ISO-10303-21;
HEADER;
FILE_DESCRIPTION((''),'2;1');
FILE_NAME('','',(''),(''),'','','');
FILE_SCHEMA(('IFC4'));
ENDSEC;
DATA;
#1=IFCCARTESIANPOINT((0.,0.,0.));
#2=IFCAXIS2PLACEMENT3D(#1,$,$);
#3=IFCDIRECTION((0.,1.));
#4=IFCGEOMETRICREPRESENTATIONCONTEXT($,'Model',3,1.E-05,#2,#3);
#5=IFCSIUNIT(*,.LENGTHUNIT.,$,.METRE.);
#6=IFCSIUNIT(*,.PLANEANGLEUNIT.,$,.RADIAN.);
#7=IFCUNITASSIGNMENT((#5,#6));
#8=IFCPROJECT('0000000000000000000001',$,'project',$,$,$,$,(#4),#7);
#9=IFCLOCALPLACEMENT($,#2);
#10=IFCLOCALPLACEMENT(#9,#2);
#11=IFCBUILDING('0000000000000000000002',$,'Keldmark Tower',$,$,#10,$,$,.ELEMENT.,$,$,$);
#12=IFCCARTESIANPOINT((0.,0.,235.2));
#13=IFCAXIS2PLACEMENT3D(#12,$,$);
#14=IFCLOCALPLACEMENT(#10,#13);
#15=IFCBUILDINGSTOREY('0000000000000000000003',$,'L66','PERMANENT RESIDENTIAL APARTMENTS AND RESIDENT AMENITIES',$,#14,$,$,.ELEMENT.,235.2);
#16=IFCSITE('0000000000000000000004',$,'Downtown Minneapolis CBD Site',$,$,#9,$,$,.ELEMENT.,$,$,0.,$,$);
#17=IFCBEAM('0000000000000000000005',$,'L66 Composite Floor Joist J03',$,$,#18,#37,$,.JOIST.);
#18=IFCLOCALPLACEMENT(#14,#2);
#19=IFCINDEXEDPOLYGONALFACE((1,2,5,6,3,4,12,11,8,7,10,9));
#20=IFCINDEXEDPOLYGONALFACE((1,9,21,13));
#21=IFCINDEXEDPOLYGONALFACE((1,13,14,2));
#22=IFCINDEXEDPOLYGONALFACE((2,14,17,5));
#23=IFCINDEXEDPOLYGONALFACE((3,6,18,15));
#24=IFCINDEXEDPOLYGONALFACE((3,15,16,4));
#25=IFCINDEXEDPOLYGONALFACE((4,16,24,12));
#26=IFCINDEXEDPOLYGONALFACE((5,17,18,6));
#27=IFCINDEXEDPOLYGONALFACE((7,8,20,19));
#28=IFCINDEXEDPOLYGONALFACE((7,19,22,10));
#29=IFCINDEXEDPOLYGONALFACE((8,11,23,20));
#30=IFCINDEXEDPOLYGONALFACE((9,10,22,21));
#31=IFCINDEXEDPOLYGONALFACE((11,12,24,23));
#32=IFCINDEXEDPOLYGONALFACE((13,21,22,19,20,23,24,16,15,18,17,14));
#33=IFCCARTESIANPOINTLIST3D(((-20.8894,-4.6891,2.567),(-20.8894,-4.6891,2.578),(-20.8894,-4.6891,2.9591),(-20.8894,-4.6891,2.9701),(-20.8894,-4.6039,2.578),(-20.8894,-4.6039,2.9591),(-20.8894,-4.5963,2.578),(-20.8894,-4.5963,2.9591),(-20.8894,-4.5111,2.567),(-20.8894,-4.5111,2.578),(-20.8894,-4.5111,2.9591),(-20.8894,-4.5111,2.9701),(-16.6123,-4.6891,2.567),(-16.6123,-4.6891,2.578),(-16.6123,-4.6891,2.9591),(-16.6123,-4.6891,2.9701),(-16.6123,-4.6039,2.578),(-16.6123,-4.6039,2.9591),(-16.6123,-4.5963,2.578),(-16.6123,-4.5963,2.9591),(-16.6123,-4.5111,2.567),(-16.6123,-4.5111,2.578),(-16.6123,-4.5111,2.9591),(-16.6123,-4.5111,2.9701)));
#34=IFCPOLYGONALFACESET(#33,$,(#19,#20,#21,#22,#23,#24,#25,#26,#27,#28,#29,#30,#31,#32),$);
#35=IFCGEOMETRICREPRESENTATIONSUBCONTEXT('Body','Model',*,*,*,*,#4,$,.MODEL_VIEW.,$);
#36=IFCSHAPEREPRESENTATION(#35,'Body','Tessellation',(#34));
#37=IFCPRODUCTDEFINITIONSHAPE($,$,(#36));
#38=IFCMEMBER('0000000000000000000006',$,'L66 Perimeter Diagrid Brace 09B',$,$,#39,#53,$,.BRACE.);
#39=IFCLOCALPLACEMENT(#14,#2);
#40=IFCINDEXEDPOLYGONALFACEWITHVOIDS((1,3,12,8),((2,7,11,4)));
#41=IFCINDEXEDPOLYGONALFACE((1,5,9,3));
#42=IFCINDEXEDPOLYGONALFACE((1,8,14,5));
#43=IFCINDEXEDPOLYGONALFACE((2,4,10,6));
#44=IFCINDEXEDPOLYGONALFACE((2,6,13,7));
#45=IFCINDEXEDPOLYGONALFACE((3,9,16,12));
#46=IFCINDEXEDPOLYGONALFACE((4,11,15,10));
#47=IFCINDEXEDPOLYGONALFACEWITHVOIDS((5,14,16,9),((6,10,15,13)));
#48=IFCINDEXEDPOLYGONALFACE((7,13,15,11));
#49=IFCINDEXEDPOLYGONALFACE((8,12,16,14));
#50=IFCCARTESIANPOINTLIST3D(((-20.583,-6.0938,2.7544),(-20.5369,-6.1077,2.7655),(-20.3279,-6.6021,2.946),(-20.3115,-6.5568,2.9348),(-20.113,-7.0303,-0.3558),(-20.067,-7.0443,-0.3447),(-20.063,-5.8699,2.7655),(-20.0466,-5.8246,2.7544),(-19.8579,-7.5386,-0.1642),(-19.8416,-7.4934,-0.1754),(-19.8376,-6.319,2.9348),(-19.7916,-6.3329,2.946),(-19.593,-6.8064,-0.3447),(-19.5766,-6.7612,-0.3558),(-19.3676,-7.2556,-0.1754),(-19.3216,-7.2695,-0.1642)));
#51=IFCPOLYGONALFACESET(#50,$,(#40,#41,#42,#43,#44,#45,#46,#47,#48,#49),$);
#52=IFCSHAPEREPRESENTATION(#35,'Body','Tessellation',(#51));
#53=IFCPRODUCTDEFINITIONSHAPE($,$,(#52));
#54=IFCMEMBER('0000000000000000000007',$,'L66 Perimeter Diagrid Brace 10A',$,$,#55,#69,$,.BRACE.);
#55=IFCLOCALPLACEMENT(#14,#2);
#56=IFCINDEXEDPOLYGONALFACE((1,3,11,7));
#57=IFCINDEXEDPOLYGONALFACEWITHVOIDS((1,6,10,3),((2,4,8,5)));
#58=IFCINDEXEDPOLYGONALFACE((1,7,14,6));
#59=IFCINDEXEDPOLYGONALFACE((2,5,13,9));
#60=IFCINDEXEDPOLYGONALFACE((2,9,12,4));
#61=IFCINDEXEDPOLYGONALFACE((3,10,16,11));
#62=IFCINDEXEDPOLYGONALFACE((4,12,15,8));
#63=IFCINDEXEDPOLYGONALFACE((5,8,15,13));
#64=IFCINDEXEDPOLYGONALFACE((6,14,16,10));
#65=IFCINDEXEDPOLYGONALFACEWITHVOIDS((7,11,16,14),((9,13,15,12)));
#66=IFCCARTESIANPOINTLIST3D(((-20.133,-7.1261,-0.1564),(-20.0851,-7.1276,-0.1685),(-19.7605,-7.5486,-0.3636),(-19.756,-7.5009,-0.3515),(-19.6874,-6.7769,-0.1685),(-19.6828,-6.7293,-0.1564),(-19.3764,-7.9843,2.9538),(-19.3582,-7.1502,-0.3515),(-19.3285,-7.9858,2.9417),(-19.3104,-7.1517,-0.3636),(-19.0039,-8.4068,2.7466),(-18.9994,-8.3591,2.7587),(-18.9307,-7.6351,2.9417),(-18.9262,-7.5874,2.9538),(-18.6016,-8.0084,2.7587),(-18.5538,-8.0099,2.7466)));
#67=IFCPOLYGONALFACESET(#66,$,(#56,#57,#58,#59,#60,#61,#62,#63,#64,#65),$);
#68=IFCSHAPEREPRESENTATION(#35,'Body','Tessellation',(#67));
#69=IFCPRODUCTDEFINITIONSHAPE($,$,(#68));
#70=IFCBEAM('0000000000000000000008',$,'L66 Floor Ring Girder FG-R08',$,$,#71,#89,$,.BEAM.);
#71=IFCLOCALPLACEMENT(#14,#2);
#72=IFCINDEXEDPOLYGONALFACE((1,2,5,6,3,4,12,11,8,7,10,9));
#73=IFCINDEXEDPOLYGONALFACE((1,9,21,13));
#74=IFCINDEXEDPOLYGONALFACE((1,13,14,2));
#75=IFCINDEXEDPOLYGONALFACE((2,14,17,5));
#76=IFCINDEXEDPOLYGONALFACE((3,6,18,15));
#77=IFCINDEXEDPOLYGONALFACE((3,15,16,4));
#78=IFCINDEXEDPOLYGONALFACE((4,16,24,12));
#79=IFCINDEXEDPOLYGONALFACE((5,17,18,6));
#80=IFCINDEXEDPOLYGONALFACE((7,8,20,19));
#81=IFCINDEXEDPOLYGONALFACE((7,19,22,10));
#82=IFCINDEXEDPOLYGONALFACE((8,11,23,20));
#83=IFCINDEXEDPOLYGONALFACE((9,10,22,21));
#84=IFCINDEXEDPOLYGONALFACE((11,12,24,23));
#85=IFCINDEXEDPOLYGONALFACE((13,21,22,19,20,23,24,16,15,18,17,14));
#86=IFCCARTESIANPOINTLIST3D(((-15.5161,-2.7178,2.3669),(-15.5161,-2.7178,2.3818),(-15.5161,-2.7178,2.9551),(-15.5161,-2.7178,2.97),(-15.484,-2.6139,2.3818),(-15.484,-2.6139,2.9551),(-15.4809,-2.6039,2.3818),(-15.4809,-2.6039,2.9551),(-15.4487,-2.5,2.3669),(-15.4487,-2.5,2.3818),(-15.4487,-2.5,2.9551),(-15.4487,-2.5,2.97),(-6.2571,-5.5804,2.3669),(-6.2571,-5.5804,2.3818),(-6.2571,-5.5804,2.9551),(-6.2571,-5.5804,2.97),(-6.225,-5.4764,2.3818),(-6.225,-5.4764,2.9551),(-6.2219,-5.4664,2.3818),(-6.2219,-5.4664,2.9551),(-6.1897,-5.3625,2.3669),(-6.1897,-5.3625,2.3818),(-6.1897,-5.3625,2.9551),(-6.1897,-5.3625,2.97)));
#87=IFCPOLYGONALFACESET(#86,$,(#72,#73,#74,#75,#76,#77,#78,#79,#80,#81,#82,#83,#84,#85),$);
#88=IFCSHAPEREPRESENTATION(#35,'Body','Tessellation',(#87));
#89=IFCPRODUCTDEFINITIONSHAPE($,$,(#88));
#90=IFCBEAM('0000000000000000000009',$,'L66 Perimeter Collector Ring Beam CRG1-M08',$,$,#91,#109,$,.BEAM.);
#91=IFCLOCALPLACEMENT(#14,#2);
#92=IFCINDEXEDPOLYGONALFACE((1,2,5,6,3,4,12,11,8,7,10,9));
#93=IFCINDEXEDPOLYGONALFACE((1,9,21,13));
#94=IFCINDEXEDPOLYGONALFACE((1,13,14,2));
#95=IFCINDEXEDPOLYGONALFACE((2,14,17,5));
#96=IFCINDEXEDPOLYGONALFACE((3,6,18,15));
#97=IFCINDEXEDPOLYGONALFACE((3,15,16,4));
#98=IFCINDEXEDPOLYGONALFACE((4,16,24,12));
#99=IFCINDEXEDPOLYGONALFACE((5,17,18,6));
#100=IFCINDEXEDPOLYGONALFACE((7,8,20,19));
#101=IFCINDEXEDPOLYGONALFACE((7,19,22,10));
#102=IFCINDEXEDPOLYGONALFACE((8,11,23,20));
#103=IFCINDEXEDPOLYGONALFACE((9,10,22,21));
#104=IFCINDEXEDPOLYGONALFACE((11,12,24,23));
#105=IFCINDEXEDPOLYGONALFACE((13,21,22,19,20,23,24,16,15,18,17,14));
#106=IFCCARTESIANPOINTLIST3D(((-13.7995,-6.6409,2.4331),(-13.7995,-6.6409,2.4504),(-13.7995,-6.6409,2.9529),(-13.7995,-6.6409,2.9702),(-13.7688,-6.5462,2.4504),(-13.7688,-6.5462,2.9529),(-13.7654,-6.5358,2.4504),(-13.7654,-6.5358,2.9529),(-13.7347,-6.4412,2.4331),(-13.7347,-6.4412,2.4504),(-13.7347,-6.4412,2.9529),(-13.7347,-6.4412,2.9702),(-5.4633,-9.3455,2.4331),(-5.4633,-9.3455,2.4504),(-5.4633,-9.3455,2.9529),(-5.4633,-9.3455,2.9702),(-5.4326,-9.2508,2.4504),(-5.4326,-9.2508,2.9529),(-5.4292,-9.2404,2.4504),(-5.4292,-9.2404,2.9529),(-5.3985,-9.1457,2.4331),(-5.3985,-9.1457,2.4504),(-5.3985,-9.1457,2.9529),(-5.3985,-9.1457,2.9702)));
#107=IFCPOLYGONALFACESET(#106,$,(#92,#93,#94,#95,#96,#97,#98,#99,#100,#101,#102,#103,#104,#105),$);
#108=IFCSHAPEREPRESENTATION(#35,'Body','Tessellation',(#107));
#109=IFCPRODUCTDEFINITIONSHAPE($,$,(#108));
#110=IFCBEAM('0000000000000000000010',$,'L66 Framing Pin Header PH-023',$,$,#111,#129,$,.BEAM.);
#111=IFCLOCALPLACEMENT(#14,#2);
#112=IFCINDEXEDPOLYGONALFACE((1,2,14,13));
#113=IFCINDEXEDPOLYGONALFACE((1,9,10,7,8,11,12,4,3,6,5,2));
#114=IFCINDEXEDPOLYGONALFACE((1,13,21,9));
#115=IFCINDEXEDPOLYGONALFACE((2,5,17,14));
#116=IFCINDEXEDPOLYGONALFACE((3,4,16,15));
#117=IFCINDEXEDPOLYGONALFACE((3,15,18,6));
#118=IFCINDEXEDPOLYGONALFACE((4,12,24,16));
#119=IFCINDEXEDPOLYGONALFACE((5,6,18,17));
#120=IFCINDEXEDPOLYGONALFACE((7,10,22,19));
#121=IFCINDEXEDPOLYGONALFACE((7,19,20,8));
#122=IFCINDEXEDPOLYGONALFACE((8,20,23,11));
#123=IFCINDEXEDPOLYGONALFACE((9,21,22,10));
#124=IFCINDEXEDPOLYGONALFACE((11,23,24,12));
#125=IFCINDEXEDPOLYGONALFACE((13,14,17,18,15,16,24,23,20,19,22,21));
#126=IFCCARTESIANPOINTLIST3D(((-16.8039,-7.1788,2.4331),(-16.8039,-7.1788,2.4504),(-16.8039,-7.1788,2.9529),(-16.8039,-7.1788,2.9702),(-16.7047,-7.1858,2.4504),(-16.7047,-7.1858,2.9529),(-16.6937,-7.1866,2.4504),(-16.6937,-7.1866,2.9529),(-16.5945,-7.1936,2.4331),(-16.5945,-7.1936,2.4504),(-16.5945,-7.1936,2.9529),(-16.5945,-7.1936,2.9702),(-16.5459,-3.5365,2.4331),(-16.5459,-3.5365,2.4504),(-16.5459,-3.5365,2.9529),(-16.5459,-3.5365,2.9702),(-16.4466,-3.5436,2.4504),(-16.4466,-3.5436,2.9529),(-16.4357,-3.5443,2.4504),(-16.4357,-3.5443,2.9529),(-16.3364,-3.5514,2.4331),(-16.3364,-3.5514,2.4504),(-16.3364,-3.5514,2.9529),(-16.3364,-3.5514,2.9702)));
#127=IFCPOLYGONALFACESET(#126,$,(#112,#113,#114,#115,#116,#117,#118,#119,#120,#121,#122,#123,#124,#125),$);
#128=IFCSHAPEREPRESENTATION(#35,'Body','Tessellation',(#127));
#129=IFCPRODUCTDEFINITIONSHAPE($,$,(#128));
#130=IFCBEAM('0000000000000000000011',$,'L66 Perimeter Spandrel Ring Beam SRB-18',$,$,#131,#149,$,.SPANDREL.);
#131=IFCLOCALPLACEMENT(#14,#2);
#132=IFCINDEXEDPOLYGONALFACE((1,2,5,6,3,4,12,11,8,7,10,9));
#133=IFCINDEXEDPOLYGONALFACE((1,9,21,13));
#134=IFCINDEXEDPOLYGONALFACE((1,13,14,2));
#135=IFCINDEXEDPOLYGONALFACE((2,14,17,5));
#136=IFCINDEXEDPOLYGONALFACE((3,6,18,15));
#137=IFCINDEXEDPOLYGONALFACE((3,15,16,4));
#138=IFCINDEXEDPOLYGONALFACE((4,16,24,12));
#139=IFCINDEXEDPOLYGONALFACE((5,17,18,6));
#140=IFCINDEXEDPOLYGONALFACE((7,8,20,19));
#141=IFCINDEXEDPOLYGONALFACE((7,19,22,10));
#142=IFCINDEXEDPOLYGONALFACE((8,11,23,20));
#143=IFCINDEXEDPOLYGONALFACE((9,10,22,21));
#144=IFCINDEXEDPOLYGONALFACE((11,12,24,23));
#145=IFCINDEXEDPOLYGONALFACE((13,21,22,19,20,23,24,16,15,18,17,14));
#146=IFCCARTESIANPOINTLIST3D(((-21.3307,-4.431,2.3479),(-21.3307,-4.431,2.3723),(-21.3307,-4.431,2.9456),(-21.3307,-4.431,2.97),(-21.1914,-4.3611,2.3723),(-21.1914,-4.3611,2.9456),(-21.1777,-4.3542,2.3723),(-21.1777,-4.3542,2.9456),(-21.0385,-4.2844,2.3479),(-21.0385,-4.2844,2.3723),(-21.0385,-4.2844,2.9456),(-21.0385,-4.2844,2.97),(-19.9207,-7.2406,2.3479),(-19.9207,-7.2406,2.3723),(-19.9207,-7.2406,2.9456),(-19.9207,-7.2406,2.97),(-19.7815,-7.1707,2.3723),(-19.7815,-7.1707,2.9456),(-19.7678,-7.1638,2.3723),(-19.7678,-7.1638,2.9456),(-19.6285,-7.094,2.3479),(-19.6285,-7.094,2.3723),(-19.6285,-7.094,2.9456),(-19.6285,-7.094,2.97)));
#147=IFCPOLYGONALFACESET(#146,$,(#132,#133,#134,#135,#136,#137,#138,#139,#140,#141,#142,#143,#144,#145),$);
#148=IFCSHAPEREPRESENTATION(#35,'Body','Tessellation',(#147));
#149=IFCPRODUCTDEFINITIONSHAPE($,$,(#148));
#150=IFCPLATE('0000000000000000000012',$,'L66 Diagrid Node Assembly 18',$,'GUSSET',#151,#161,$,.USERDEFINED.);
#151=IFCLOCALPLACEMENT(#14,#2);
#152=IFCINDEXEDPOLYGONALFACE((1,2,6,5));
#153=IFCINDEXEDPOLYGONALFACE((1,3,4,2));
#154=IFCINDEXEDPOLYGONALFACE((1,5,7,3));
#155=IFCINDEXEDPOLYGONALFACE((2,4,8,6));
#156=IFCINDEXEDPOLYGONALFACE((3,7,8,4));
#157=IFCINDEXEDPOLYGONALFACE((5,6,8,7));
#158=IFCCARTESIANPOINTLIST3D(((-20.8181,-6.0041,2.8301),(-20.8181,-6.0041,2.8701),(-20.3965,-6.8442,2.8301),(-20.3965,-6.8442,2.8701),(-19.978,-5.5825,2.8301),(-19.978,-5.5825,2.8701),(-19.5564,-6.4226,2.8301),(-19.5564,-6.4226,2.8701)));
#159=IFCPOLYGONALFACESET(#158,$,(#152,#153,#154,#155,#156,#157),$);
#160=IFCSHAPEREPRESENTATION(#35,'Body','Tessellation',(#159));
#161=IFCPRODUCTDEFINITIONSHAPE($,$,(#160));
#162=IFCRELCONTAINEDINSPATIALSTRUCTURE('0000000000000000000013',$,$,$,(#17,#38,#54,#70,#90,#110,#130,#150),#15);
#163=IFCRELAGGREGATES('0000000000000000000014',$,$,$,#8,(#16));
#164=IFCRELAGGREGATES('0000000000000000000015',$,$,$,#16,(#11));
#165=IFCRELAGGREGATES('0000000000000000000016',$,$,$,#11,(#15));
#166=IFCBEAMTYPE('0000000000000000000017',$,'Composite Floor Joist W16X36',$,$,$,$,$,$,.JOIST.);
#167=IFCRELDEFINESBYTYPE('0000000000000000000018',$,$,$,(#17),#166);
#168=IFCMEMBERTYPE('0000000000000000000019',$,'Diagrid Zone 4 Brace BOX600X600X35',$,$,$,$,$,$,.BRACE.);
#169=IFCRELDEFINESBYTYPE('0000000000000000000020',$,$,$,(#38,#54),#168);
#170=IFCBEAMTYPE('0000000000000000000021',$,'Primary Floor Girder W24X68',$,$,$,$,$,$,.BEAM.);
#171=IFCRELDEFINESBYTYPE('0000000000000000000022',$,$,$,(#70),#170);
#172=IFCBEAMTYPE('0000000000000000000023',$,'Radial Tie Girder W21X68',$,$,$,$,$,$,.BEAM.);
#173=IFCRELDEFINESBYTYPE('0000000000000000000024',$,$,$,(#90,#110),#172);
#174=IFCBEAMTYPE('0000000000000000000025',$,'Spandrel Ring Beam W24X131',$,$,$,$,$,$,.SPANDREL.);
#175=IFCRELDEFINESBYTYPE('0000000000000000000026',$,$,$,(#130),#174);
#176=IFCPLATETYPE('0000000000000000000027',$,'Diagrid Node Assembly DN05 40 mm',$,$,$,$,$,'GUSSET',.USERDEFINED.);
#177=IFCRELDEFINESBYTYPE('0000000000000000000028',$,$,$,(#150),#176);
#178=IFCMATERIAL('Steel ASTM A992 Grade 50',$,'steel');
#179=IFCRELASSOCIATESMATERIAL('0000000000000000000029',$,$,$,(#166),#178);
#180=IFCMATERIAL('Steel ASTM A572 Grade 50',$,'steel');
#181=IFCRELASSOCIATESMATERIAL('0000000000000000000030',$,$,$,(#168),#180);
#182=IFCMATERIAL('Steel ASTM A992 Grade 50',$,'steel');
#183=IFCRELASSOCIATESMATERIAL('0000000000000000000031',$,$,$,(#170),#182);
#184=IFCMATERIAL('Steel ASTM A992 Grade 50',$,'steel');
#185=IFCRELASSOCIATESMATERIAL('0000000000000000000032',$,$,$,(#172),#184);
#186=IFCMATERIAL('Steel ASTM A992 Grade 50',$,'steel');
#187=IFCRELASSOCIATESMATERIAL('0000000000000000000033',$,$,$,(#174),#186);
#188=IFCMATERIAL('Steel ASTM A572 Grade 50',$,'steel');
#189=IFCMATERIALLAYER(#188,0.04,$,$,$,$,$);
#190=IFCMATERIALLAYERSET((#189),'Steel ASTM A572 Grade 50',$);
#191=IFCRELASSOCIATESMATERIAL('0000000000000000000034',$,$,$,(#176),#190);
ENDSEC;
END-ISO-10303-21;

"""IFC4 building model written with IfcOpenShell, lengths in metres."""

from ifc_helpers import new_model, si_unit, direction, frame, origin, origin_2d, place, context, subcontext, project, spatial, rectangle, hollow_rectangle, i_section, extrude, material, layer, layer_set, material_profile, profile_set, type_object, element, save


model = new_model("IFC4")

# Units and contexts
model_context = context("Model", 3, precision=1e-05, world=origin(), true_north=direction((0.0, 1.0)))
body_context = subcontext(model_context, "Body", "Model", "MODEL_VIEW")
ifc_project = project(units=[si_unit("LENGTHUNIT", "METRE"), si_unit("PLANEANGLEUNIT", "RADIAN")], contexts=[model_context])

# Site, building, storey
site_placement = place(None, origin())
site = spatial("IfcSite", under=ifc_project, at=site_placement, Name="Downtown Minneapolis CBD Site", CompositionType="ELEMENT", RefElevation=0.0)
building_placement = place(site_placement, origin())
building = spatial("IfcBuilding", under=site, at=building_placement, Name="Keldmark Tower", CompositionType="ELEMENT")
storey_placement = place(building_placement, frame((0.0, 0.0, 235.2)))
storey = spatial("IfcBuildingStorey", under=building, at=storey_placement, Name="L66", Description="PERMANENT RESIDENTIAL APARTMENTS AND RESIDENT AMENITIES", CompositionType="ELEMENT", Elevation=235.2)

# Beam
ifc_material_1 = material(Name="Steel ASTM A992 Grade 50", Category="steel")
ifc_material_profile_1 = material_profile(ifc_material_1, i_section(OverallWidth=0.178, OverallDepth=0.4031, WebThickness=0.0076, FlangeThickness=0.011, at=origin_2d()), Name="W16X36")
ifc_profile_set_1 = profile_set([ifc_material_profile_1], Name="Steel ASTM A992 Grade 50")
beam_type_1 = type_object("IfcBeamType", Name="Composite Floor Joist W16X36", PredefinedType="JOIST", material=ifc_profile_set_1)
beam_1_placement = place(storey_placement, frame((-20.8894, -4.6001, 2.7686), z_axis=(1.0, 0.0, 0.0), x_axis=(0.0, 1.0, 0.0)))
element("IfcBeam", 1, at=beam_1_placement, inside=storey, type_object=beam_type_1, Name="L66 Composite Floor Joist J03", PredefinedType="JOIST", context=body_context, shape_type="SweptSolid", body=[
    extrude(i_section(OverallWidth=0.178, OverallDepth=0.4031, WebThickness=0.0076, FlangeThickness=0.011, at=origin_2d()), origin(), (0.0, 0.0, 1.0), 4.2771),
])

# Members
ifc_material_2 = material(Name="Steel ASTM A572 Grade 50", Category="steel")
ifc_material_profile_2 = material_profile(ifc_material_2, hollow_rectangle(XDim=0.6001, YDim=0.6001, WallThickness=0.0349, at=origin_2d()), Name="BOX600X600X35")
ifc_profile_set_2 = profile_set([ifc_material_profile_2], Name="Steel ASTM A572 Grade 50")
member_type = type_object("IfcMemberType", Name="Diagrid Zone 4 Brace BOX600X600X35", PredefinedType="BRACE", material=ifc_profile_set_2)
member_1_placement = place(storey_placement, frame((-19.7173, -7.1499, -0.26), z_axis=(-0.143202, 0.285362, 0.947661), x_axis=(-0.893774, -0.448518, 0.0)))
element("IfcMember", 2, at=member_1_placement, inside=storey, type_object=member_type, Name="L66 Perimeter Diagrid Brace 09B", PredefinedType="BRACE", context=body_context, shape_type="SweptSolid", body=[
    extrude(hollow_rectangle(XDim=0.6001, YDim=0.6001, WallThickness=0.0349, at=origin_2d()), origin(), (0.0, 0.0, 1.0), 3.282),
])
member_2_placement = place(storey_placement, frame((-19.7217, -7.1389, -0.26), z_axis=(0.228312, -0.25896, 0.938517), x_axis=(0.750099, 0.661325, 0.0)))
element("IfcMember", 3, at=member_2_placement, inside=storey, type_object=member_type, Name="L66 Perimeter Diagrid Brace 10A", PredefinedType="BRACE", context=body_context, shape_type="SweptSolid", body=[
    extrude(hollow_rectangle(XDim=0.6001, YDim=0.6001, WallThickness=0.0349, at=origin_2d()), origin(), (0.0, 0.0, 1.0), 3.314),
])

# Beams
ifc_material_3 = material(Name="Steel ASTM A992 Grade 50", Category="steel")
ifc_material_profile_3 = material_profile(ifc_material_3, i_section(OverallWidth=0.228, OverallDepth=0.603, WebThickness=0.0105, FlangeThickness=0.0149, at=origin_2d()), Name="W24X68")
ifc_profile_set_3 = profile_set([ifc_material_profile_3], Name="Steel ASTM A992 Grade 50")
beam_type_2 = type_object("IfcBeamType", Name="Primary Floor Girder W24X68", PredefinedType="BEAM", material=ifc_profile_set_3)
beam_2_placement = place(storey_placement, frame((-15.4824, -2.6089, 2.6685), z_axis=(0.955383, -0.295369, 0.0), x_axis=(0.295369, 0.955383, 0.0)))
element("IfcBeam", 4, at=beam_2_placement, inside=storey, type_object=beam_type_2, Name="L66 Floor Ring Girder FG-R08", PredefinedType="BEAM", context=body_context, shape_type="SweptSolid", body=[
    extrude(i_section(OverallWidth=0.228, OverallDepth=0.603, WebThickness=0.0105, FlangeThickness=0.0149, at=origin_2d()), origin(), (0.0, 0.0, 1.0), 9.6914),
])
ifc_material_4 = material(Name="Steel ASTM A992 Grade 50", Category="steel")
ifc_material_profile_4 = material_profile(ifc_material_4, i_section(OverallWidth=0.21, OverallDepth=0.5371, WebThickness=0.011, FlangeThickness=0.0173, at=origin_2d()), Name="W21X68")
ifc_profile_set_4 = profile_set([ifc_material_profile_4], Name="Steel ASTM A992 Grade 50")
beam_type_3 = type_object("IfcBeamType", Name="Radial Tie Girder W21X68", PredefinedType="BEAM", material=ifc_profile_set_4)
beam_3_placement = place(storey_placement, frame((-13.7671, -6.541, 2.7017), z_axis=(0.951191, -0.308604, 0.0), x_axis=(0.308604, 0.951191, 0.0)))
element("IfcBeam", 5, at=beam_3_placement, inside=storey, type_object=beam_type_3, Name="L66 Perimeter Collector Ring Beam CRG1-M08", PredefinedType="BEAM", context=body_context, shape_type="SweptSolid", body=[
    extrude(i_section(OverallWidth=0.21, OverallDepth=0.5371, WebThickness=0.011, FlangeThickness=0.0173, at=origin_2d()), origin(), (0.0, 0.0, 1.0), 8.7639),
])
beam_4_placement = place(storey_placement, frame((-16.4412, -3.5439, 2.7017), z_axis=(-0.070672, -0.9975, 0.0), x_axis=(0.9975, -0.070672, 0.0)))
element("IfcBeam", 6, at=beam_4_placement, inside=storey, type_object=beam_type_3, Name="L66 Framing Pin Header PH-023", PredefinedType="BEAM", context=body_context, shape_type="SweptSolid", body=[
    extrude(i_section(OverallWidth=0.21, OverallDepth=0.5371, WebThickness=0.011, FlangeThickness=0.0173, at=origin_2d()), origin(), (0.0, 0.0, 1.0), 3.6514),
])
ifc_material_5 = material(Name="Steel ASTM A992 Grade 50", Category="steel")
ifc_material_profile_5 = material_profile(ifc_material_5, i_section(OverallWidth=0.3269, OverallDepth=0.6221, WebThickness=0.0154, FlangeThickness=0.0244, at=origin_2d()), Name="W24X131")
ifc_profile_set_5 = profile_set([ifc_material_profile_5], Name="Steel ASTM A992 Grade 50")
beam_type_4 = type_object("IfcBeamType", Name="Spandrel Ring Beam W24X131", PredefinedType="SPANDREL", material=ifc_profile_set_5)
beam_5_placement = place(storey_placement, frame((-21.1846, -4.3577, 2.6589), z_axis=(0.448518, -0.893774, 0.0), x_axis=(0.893774, 0.448518, 0.0)))
element("IfcBeam", 7, at=beam_5_placement, inside=storey, type_object=beam_type_4, Name="L66 Perimeter Spandrel Ring Beam SRB-18", PredefinedType="SPANDREL", context=body_context, shape_type="SweptSolid", body=[
    extrude(i_section(OverallWidth=0.3269, OverallDepth=0.6221, WebThickness=0.0154, FlangeThickness=0.0244, at=origin_2d()), origin(), (0.0, 0.0, 1.0), 3.1436),
])

# Plate
ifc_material_6 = material(Name="Steel ASTM A572 Grade 50", Category="steel")
ifc_layer_1 = layer(ifc_material_6, 0.04)
ifc_layer_set_1 = layer_set([ifc_layer_1], Name="Steel ASTM A572 Grade 50")
plate_type = type_object("IfcPlateType", Name="Diagrid Node Assembly DN05 40 mm", ElementType="GUSSET", PredefinedType="USERDEFINED", material=ifc_layer_set_1)
plate_placement = place(storey_placement, frame((-20.1873, -6.2134, 2.8301), z_axis=(0.0, 0.0, 1.0), x_axis=(0.448539, -0.893763, 0.0)))
element("IfcPlate", 8, at=plate_placement, inside=storey, type_object=plate_type, Name="L66 Diagrid Node Assembly 18", ObjectType="GUSSET", PredefinedType="USERDEFINED", context=body_context, shape_type="SweptSolid", body=[
    extrude(rectangle(XDim=0.9399, YDim=0.9399, at=origin_2d()), origin(), (0.0, 0.0, 1.0), 0.04),
])

save(model, "model.ifc")
